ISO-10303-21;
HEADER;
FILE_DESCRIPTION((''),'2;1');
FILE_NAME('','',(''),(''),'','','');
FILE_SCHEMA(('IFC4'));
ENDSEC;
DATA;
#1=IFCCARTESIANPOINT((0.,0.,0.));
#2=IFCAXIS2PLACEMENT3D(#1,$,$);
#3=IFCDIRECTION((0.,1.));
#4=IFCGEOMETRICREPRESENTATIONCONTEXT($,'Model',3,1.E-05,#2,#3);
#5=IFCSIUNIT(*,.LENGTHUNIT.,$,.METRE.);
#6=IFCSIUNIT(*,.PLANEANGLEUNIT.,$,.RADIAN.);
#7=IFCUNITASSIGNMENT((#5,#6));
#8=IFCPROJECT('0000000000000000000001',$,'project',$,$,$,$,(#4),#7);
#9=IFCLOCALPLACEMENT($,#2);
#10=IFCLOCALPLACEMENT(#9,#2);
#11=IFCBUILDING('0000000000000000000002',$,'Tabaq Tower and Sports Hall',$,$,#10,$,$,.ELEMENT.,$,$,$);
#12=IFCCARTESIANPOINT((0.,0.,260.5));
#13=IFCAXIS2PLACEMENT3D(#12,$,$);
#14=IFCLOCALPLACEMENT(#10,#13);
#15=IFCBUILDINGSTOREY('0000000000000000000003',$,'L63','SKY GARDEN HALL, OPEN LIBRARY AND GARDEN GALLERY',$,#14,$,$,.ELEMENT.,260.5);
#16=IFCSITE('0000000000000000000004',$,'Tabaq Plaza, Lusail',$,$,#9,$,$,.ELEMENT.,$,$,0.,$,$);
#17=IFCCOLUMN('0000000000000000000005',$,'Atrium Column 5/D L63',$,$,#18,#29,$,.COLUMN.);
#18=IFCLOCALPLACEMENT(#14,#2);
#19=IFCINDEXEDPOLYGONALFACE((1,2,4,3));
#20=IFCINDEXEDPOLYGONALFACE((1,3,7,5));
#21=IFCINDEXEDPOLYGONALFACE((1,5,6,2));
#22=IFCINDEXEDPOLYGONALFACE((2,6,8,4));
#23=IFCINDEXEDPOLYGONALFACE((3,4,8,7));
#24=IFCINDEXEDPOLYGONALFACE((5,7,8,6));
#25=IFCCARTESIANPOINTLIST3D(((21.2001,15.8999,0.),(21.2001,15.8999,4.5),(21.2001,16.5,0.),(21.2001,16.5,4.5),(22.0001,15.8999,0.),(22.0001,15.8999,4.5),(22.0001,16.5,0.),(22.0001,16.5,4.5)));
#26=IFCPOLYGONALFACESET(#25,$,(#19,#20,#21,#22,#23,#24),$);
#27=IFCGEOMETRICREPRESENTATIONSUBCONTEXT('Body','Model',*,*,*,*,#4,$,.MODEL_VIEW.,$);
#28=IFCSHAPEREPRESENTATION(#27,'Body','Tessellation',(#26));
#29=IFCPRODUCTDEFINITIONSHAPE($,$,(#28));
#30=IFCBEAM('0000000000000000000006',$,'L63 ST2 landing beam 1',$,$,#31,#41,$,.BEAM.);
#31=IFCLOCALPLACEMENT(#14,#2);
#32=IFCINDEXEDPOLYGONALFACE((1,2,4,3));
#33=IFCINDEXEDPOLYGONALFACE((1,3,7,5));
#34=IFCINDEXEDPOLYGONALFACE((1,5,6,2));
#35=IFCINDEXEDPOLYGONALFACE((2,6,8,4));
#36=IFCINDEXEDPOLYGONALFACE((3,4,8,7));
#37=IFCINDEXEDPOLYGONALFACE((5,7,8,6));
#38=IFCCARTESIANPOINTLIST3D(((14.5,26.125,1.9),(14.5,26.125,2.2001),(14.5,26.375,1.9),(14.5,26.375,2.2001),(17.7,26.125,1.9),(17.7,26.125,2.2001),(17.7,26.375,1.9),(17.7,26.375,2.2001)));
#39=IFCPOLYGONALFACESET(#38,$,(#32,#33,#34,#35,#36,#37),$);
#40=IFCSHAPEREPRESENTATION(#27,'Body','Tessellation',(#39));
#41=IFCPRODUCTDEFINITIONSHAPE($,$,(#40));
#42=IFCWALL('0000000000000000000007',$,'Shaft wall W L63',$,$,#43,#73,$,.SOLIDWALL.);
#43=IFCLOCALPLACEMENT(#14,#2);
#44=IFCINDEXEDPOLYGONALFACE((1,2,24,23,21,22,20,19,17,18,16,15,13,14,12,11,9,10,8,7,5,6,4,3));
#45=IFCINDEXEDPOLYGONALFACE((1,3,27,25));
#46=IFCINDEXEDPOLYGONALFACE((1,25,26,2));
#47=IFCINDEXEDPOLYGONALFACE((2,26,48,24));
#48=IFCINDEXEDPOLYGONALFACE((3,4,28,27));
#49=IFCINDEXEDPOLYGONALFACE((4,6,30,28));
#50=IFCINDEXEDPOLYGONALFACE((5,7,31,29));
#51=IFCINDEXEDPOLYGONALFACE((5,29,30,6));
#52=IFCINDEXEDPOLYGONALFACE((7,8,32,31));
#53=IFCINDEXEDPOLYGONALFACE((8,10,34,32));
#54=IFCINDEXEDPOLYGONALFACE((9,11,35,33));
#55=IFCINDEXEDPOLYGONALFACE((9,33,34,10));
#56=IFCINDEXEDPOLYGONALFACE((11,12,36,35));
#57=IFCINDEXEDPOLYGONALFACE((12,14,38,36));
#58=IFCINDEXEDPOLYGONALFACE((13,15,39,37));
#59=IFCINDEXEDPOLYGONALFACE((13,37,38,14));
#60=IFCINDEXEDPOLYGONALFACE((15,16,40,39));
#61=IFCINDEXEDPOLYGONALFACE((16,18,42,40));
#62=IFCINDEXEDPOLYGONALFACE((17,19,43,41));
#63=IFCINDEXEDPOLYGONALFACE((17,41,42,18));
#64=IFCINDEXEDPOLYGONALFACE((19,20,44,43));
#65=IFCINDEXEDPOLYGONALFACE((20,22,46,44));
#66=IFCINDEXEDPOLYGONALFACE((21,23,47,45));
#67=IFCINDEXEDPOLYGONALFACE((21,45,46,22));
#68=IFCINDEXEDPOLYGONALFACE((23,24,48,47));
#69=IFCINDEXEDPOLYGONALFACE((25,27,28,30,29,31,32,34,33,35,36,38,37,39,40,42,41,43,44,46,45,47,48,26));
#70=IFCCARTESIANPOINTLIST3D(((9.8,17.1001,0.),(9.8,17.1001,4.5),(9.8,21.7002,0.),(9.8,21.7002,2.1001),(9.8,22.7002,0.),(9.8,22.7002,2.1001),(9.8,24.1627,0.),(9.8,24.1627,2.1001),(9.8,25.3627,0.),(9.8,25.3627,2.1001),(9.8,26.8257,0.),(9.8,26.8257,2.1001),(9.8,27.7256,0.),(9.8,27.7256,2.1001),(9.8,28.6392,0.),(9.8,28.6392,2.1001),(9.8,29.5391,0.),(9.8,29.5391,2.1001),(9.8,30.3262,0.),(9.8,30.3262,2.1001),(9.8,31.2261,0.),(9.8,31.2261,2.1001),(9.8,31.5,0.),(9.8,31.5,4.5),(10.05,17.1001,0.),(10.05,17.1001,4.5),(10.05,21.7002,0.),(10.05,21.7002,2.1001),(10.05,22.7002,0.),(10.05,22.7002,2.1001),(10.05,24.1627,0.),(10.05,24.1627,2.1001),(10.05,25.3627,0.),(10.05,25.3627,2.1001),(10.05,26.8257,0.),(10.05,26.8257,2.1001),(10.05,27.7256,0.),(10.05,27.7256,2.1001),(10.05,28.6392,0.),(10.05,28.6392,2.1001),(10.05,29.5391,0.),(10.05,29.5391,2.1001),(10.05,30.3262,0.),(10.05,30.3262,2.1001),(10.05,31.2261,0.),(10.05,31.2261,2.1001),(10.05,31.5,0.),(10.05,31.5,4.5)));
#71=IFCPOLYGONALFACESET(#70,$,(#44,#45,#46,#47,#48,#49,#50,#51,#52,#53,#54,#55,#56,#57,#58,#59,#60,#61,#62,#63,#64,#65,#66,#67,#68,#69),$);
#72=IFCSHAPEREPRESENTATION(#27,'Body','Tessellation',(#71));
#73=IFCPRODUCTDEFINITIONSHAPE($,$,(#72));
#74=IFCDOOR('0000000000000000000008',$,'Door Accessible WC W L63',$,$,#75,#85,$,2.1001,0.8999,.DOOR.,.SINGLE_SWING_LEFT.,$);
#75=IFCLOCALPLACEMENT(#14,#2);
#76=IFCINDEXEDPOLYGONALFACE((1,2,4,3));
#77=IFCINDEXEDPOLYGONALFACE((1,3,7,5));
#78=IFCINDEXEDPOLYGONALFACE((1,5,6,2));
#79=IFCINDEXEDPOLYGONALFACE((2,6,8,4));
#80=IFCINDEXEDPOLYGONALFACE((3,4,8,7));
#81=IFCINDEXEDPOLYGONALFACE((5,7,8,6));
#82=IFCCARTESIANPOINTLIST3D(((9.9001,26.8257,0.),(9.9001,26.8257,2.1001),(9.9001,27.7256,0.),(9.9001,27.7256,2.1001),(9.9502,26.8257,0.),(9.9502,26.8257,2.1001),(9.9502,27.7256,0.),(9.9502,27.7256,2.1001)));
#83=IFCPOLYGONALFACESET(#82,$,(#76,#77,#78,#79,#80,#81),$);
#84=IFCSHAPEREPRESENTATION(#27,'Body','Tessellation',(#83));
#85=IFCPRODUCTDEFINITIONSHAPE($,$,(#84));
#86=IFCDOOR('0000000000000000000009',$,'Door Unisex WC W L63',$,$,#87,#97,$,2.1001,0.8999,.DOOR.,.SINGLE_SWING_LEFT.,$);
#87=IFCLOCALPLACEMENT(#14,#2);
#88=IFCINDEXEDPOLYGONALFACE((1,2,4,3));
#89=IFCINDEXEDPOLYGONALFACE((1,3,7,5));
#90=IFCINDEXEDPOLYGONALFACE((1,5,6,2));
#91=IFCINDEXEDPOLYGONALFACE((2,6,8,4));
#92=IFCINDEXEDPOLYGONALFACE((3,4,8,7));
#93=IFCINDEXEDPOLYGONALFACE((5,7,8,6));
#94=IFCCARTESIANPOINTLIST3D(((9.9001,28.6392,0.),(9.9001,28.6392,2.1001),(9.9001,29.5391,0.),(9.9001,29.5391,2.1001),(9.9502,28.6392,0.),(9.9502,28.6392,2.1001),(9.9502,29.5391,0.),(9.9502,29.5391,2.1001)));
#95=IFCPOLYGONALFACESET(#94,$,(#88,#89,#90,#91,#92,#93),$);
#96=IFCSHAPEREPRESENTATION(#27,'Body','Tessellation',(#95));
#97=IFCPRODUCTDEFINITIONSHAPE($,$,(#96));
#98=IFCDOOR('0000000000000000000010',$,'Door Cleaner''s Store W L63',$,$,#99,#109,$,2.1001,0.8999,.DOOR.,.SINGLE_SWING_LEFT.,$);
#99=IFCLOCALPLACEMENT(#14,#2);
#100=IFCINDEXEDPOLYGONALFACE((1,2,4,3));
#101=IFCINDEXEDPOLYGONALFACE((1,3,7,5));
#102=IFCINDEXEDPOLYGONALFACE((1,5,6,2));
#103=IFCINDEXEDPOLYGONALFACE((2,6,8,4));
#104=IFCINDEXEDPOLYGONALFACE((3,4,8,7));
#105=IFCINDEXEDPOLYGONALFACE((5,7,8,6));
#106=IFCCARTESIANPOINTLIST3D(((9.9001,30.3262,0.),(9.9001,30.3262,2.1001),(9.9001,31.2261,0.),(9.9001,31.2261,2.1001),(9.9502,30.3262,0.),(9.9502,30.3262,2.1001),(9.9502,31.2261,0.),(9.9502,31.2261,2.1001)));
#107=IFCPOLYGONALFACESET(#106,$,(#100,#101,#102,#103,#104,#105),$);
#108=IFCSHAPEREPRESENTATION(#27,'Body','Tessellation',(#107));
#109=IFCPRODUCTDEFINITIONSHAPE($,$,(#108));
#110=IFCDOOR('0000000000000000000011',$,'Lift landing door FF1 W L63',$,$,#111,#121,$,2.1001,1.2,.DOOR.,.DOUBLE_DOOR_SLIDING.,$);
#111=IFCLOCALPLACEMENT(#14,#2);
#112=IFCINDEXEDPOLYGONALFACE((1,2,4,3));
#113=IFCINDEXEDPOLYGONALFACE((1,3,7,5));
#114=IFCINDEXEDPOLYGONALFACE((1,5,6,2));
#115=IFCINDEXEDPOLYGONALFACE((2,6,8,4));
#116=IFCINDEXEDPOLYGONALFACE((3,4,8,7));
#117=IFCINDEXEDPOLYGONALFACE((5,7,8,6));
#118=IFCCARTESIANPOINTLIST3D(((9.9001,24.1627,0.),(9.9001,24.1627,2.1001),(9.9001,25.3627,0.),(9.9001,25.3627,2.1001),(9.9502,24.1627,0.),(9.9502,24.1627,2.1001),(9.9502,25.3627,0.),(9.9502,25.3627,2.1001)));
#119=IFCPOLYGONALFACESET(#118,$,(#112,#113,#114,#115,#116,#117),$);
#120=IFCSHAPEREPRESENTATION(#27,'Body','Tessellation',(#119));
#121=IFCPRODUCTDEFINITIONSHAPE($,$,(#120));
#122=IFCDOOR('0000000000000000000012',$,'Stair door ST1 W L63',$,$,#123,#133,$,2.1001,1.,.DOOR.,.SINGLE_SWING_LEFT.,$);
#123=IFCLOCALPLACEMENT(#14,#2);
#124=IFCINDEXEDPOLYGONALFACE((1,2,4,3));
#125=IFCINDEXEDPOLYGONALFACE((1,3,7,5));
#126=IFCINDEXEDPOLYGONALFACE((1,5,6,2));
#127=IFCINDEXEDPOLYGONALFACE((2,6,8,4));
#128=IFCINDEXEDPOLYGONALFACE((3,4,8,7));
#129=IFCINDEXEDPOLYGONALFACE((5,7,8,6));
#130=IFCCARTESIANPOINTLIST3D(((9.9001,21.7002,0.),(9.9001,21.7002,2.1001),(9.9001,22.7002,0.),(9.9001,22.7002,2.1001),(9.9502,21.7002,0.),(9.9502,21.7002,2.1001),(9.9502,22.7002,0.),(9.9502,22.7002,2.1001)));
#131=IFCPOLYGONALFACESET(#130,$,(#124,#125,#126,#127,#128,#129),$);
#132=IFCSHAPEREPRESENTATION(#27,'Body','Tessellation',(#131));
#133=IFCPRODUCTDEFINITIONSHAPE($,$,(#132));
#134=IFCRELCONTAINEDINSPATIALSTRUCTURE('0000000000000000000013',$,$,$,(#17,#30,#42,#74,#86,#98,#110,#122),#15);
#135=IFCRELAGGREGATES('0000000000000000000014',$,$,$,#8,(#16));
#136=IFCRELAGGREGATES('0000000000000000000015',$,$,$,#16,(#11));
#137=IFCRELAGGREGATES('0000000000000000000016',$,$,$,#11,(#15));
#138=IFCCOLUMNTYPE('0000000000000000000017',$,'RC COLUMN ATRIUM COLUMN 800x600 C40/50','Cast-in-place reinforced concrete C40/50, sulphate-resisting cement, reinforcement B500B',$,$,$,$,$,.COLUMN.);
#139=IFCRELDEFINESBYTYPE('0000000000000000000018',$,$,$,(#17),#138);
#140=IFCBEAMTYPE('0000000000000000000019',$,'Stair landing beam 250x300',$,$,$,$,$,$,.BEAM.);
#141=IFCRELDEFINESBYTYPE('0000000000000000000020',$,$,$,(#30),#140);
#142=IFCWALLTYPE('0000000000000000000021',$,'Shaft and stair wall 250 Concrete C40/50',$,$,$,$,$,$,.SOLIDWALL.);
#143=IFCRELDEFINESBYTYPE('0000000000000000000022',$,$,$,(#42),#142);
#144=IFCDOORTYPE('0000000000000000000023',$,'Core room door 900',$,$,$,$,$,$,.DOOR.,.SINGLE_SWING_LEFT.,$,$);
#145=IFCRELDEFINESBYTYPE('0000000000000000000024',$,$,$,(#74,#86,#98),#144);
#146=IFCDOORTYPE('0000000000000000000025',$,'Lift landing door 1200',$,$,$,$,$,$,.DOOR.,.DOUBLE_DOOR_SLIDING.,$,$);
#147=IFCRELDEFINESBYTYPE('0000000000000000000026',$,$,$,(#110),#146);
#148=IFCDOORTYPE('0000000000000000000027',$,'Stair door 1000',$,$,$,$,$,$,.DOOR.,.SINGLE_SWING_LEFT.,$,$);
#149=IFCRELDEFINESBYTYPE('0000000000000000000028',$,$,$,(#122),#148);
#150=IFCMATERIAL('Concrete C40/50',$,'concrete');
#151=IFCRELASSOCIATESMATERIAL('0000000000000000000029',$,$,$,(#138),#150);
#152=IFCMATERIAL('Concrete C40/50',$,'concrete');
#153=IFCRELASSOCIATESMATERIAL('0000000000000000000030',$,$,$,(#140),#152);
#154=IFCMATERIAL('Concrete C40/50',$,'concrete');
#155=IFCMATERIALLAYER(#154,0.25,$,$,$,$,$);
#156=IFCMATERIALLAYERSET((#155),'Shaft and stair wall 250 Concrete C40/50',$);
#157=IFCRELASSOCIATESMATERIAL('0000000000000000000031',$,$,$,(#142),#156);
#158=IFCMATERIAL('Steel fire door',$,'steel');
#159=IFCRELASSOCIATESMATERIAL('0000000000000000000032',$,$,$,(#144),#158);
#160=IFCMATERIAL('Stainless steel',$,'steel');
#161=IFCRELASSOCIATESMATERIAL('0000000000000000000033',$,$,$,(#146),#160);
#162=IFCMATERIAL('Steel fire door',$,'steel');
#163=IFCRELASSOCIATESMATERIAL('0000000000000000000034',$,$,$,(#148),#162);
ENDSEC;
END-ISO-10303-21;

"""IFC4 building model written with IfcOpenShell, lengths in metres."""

from ifc_helpers import new_model, si_unit, direction, frame, frame_2d, origin, origin_2d, place, context, subcontext, project, spatial, rectangle, extrude, material, layer, layer_set, material_profile, profile_set, type_object, element, fill, save


model = new_model("IFC4")

# Units and contexts
model_context = context("Model", 3, precision=1e-05, world=origin(), true_north=direction((0.0, 1.0)))
body_context = subcontext(model_context, "Body", "Model", "MODEL_VIEW")
ifc_project = project(units=[si_unit("LENGTHUNIT", "METRE"), si_unit("PLANEANGLEUNIT", "RADIAN")], contexts=[model_context])

# Site, building, storey
site_placement = place(None, origin())
site = spatial("IfcSite", under=ifc_project, at=site_placement, Name="Tabaq Plaza, Lusail", CompositionType="ELEMENT", RefElevation=0.0)
building_placement = place(site_placement, origin())
building = spatial("IfcBuilding", under=site, at=building_placement, Name="Tabaq Tower and Sports Hall", CompositionType="ELEMENT")
storey_placement = place(building_placement, frame((0.0, 0.0, 260.5)))
storey = spatial("IfcBuildingStorey", under=building, at=storey_placement, Name="L63", Description="SKY GARDEN HALL, OPEN LIBRARY AND GARDEN GALLERY", CompositionType="ELEMENT", Elevation=260.5)

# Column
ifc_material_1 = material(Name="Concrete C40/50", Category="concrete")
ifc_material_profile_1 = material_profile(ifc_material_1, rectangle(XDim=0.8, YDim=0.6001, at=origin_2d()), Name="ATRIUM COLUMN 800x600")
ifc_profile_set_1 = profile_set([ifc_material_profile_1], Name="Concrete C40/50")
column_type = type_object("IfcColumnType", Name="RC COLUMN ATRIUM COLUMN 800x600 C40/50", Description="Cast-in-place reinforced concrete C40/50, sulphate-resisting cement, reinforcement B500B", PredefinedType="COLUMN", material=ifc_profile_set_1)
column_placement = place(storey_placement, frame((21.6001, 16.2, 0.0), z_axis=(0.0, 0.0, 1.0), x_axis=(1.0, 0.0, 0.0)))
element("IfcColumn", 1, at=column_placement, inside=storey, type_object=column_type, Name="Atrium Column 5/D L63", PredefinedType="COLUMN", context=body_context, shape_type="SweptSolid", body=[
    extrude(rectangle(XDim=0.8, YDim=0.6001, at=origin_2d()), origin(), (0.0, 0.0, 1.0), 4.5),
])

# Beam
ifc_material_2 = material(Name="Concrete C40/50", Category="concrete")
ifc_material_profile_2 = material_profile(ifc_material_2, rectangle(XDim=0.25, YDim=0.3, at=origin_2d()), Name="RC 250x300")
ifc_profile_set_2 = profile_set([ifc_material_profile_2], Name="Concrete C40/50")
beam_type = type_object("IfcBeamType", Name="Stair landing beam 250x300", PredefinedType="BEAM", material=ifc_profile_set_2)
beam_placement = place(storey_placement, frame((14.5, 26.25, 2.05), z_axis=(1.0, 0.0, 0.0), x_axis=(0.0, 1.0, 0.0)))
element("IfcBeam", 2, at=beam_placement, inside=storey, type_object=beam_type, Name="L63 ST2 landing beam 1", PredefinedType="BEAM", context=body_context, shape_type="SweptSolid", body=[
    extrude(rectangle(XDim=0.25, YDim=0.3, at=origin_2d()), origin(), (0.0, 0.0, 1.0), 3.2),
])

# Wall, openings, doors
ifc_material_3 = material(Name="Concrete C40/50", Category="concrete")
ifc_layer_1 = layer(ifc_material_3, 0.25)
ifc_layer_set_1 = layer_set([ifc_layer_1], Name="Shaft and stair wall 250 Concrete C40/50")
wall_type_1 = type_object("IfcWallType", Name="Shaft and stair wall 250 Concrete C40/50", PredefinedType="SOLIDWALL", material=ifc_layer_set_1)
wall_1_placement = place(storey_placement, frame((9.925, 17.1001, 0.0), z_axis=(0.0, 0.0, 1.0), x_axis=(0.0, 1.0, 0.0)))
wall_1 = element("IfcWall", 3, at=wall_1_placement, inside=storey, type_object=wall_type_1, Name="Shaft wall W L63", PredefinedType="SOLIDWALL", context=body_context, shape_type="SweptSolid", body=[
    extrude(rectangle(XDim=14.3999, YDim=0.25, at=frame_2d((7.2, 0.0))), origin(), (0.0, 0.0, 1.0), 4.5),
])
opening_1_placement = place(wall_1_placement, frame((4.6001, 0.0, 0.0)))
opening_1 = element("IfcOpeningElement", 4, at=opening_1_placement, cuts=wall_1, PredefinedType="OPENING", context=body_context, shape_type="SweptSolid", body=[
    extrude(rectangle(XDim=1.0, YDim=2.1001, at=frame_2d((0.5, 1.05))), frame((0.0, 0.125, 0.0), z_axis=(0.0, -1.0, 0.0), x_axis=(1.0, 0.0, 0.0)), (0.0, 0.0, 1.0), 0.25),
])
opening_2_placement = place(wall_1_placement, frame((7.0625, 0.0, 0.0)))
opening_2 = element("IfcOpeningElement", 5, at=opening_2_placement, cuts=wall_1, PredefinedType="OPENING", context=body_context, shape_type="SweptSolid", body=[
    extrude(rectangle(XDim=1.2, YDim=2.1001, at=frame_2d((0.6001, 1.05))), frame((0.0, 0.125, 0.0), z_axis=(0.0, -1.0, 0.0), x_axis=(1.0, 0.0, 0.0)), (0.0, 0.0, 1.0), 0.25),
])
opening_3_placement = place(wall_1_placement, frame((9.7256, 0.0, 0.0)))
opening_3 = element("IfcOpeningElement", 6, at=opening_3_placement, cuts=wall_1, PredefinedType="OPENING", context=body_context, shape_type="SweptSolid", body=[
    extrude(rectangle(XDim=0.8999, YDim=2.1001, at=frame_2d((0.45, 1.05))), frame((0.0, 0.125, 0.0), z_axis=(0.0, -1.0, 0.0), x_axis=(1.0, 0.0, 0.0)), (0.0, 0.0, 1.0), 0.25),
])
opening_4_placement = place(wall_1_placement, frame((11.5391, 0.0, 0.0)))
opening_4 = element("IfcOpeningElement", 7, at=opening_4_placement, cuts=wall_1, PredefinedType="OPENING", context=body_context, shape_type="SweptSolid", body=[
    extrude(rectangle(XDim=0.8999, YDim=2.1001, at=frame_2d((0.45, 1.05))), frame((0.0, 0.125, 0.0), z_axis=(0.0, -1.0, 0.0), x_axis=(1.0, 0.0, 0.0)), (0.0, 0.0, 1.0), 0.25),
])
opening_5_placement = place(wall_1_placement, frame((13.2261, 0.0, 0.0)))
opening_5 = element("IfcOpeningElement", 8, at=opening_5_placement, cuts=wall_1, PredefinedType="OPENING", context=body_context, shape_type="SweptSolid", body=[
    extrude(rectangle(XDim=0.8999, YDim=2.1001, at=frame_2d((0.45, 1.05))), frame((0.0, 0.125, 0.0), z_axis=(0.0, -1.0, 0.0), x_axis=(1.0, 0.0, 0.0)), (0.0, 0.0, 1.0), 0.25),
])
ifc_material_4 = material(Name="Steel fire door", Category="steel")
door_type_1 = type_object("IfcDoorType", Name="Core room door 900", OperationType="SINGLE_SWING_LEFT", PredefinedType="DOOR", material=ifc_material_4)
door_1_placement = place(opening_3_placement, origin())
door_1 = element("IfcDoor", 9, at=door_1_placement, inside=storey, type_object=door_type_1, Name="Door Accessible WC W L63", OperationType="SINGLE_SWING_LEFT", OverallHeight=2.1001, OverallWidth=0.8999, PredefinedType="DOOR", context=body_context, shape_type="SweptSolid", body=[
    extrude(rectangle(XDim=0.8999, YDim=2.1001, at=frame_2d((0.45, 1.05))), frame((0.0, 0.0249, 0.0), z_axis=(0.0, -1.0, 0.0), x_axis=(1.0, 0.0, 0.0)), (0.0, 0.0, 1.0), 0.05),
])
fill(opening_3, door_1)
door_2_placement = place(opening_4_placement, origin())
door_2 = element("IfcDoor", 10, at=door_2_placement, inside=storey, type_object=door_type_1, Name="Door Unisex WC W L63", OperationType="SINGLE_SWING_LEFT", OverallHeight=2.1001, OverallWidth=0.8999, PredefinedType="DOOR", context=body_context, shape_type="SweptSolid", body=[
    extrude(rectangle(XDim=0.8999, YDim=2.1001, at=frame_2d((0.45, 1.05))), frame((0.0, 0.0249, 0.0), z_axis=(0.0, -1.0, 0.0), x_axis=(1.0, 0.0, 0.0)), (0.0, 0.0, 1.0), 0.05),
])
fill(opening_4, door_2)
door_3_placement = place(opening_5_placement, origin())
door_3 = element("IfcDoor", 11, at=door_3_placement, inside=storey, type_object=door_type_1, Name="Door Cleaner's Store W L63", OperationType="SINGLE_SWING_LEFT", OverallHeight=2.1001, OverallWidth=0.8999, PredefinedType="DOOR", context=body_context, shape_type="SweptSolid", body=[
    extrude(rectangle(XDim=0.8999, YDim=2.1001, at=frame_2d((0.45, 1.05))), frame((0.0, 0.0249, 0.0), z_axis=(0.0, -1.0, 0.0), x_axis=(1.0, 0.0, 0.0)), (0.0, 0.0, 1.0), 0.05),
])
fill(opening_5, door_3)
ifc_material_5 = material(Name="Stainless steel", Category="steel")
door_type_2 = type_object("IfcDoorType", Name="Lift landing door 1200", OperationType="DOUBLE_DOOR_SLIDING", PredefinedType="DOOR", material=ifc_material_5)
door_4_placement = place(opening_2_placement, origin())
door_4 = element("IfcDoor", 12, at=door_4_placement, inside=storey, type_object=door_type_2, Name="Lift landing door FF1 W L63", OperationType="DOUBLE_DOOR_SLIDING", OverallHeight=2.1001, OverallWidth=1.2, PredefinedType="DOOR", context=body_context, shape_type="SweptSolid", body=[
    extrude(rectangle(XDim=1.2, YDim=2.1001, at=frame_2d((0.6001, 1.05))), frame((0.0, 0.0249, 0.0), z_axis=(0.0, -1.0, 0.0), x_axis=(1.0, 0.0, 0.0)), (0.0, 0.0, 1.0), 0.05),
])
fill(opening_2, door_4)
ifc_material_6 = material(Name="Steel fire door", Category="steel")
door_type_3 = type_object("IfcDoorType", Name="Stair door 1000", OperationType="SINGLE_SWING_LEFT", PredefinedType="DOOR", material=ifc_material_6)
door_5_placement = place(opening_1_placement, origin())
door_5 = element("IfcDoor", 13, at=door_5_placement, inside=storey, type_object=door_type_3, Name="Stair door ST1 W L63", OperationType="SINGLE_SWING_LEFT", OverallHeight=2.1001, OverallWidth=1.0, PredefinedType="DOOR", context=body_context, shape_type="SweptSolid", body=[
    extrude(rectangle(XDim=1.0, YDim=2.1001, at=frame_2d((0.5, 1.05))), frame((0.0, 0.0249, 0.0), z_axis=(0.0, -1.0, 0.0), x_axis=(1.0, 0.0, 0.0)), (0.0, 0.0, 1.0), 0.05),
])
fill(opening_1, door_5)

save(model, "model.ifc")
